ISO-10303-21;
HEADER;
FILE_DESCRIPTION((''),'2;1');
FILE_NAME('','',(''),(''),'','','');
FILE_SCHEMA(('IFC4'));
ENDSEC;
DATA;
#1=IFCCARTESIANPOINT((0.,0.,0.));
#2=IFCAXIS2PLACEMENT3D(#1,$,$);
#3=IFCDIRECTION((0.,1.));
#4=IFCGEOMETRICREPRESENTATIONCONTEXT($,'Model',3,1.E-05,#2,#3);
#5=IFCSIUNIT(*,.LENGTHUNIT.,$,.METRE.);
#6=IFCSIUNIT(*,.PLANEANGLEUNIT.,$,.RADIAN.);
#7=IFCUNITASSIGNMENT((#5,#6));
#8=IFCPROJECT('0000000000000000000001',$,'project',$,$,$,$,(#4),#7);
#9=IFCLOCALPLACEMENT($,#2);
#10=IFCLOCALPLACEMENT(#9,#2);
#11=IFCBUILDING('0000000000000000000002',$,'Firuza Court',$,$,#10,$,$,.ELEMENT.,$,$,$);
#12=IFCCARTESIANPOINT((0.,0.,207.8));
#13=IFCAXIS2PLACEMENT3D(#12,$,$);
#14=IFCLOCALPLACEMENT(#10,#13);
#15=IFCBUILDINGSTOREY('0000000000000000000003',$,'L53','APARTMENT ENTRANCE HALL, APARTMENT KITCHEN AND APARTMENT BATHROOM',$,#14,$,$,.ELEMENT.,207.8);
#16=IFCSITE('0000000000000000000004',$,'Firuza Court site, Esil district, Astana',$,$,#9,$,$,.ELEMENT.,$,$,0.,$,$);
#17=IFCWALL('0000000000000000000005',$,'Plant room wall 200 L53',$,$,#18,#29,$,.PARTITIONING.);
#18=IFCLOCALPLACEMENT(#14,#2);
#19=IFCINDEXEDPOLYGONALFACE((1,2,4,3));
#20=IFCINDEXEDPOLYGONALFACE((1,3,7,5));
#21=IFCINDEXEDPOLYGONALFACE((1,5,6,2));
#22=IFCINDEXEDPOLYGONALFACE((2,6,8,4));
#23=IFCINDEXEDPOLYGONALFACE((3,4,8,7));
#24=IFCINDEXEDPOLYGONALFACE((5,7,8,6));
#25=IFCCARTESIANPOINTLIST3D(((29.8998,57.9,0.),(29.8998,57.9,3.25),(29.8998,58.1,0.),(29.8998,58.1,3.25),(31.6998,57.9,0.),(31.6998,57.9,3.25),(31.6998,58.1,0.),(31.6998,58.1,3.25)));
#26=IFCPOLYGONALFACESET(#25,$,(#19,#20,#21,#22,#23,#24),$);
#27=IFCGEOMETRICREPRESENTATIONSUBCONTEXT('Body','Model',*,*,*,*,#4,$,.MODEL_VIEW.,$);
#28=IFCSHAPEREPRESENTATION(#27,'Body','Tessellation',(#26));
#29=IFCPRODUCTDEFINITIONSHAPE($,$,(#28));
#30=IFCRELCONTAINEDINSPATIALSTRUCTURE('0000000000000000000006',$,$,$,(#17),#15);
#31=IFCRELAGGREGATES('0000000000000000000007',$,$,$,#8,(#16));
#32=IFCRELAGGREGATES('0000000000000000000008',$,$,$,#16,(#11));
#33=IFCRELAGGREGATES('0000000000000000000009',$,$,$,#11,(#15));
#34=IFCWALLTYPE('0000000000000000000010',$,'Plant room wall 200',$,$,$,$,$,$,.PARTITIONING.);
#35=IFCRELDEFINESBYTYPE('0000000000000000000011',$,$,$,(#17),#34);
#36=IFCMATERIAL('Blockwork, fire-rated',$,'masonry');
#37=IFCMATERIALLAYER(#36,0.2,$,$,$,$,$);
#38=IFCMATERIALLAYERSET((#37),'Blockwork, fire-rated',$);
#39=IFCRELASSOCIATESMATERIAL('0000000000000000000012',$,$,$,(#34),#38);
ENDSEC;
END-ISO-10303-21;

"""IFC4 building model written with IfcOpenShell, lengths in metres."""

from ifc_helpers import new_model, si_unit, direction, frame, frame_2d, origin, place, context, subcontext, project, spatial, rectangle, extrude, material, layer, layer_set, type_object, element, save


model = new_model("IFC4")

# Units and contexts
model_context = context("Model", 3, precision=1e-05, world=origin(), true_north=direction((0.0, 1.0)))
body_context = subcontext(model_context, "Body", "Model", "MODEL_VIEW")
ifc_project = project(units=[si_unit("LENGTHUNIT", "METRE"), si_unit("PLANEANGLEUNIT", "RADIAN")], contexts=[model_context])

# Site, building, storey
site_placement = place(None, origin())
site = spatial("IfcSite", under=ifc_project, at=site_placement, Name="Firuza Court site, Esil district, Astana", CompositionType="ELEMENT", RefElevation=0.0)
building_placement = place(site_placement, origin())
building = spatial("IfcBuilding", under=site, at=building_placement, Name="Firuza Court", CompositionType="ELEMENT")
storey_placement = place(building_placement, frame((0.0, 0.0, 207.8)))
storey = spatial("IfcBuildingStorey", under=building, at=storey_placement, Name="L53", Description="APARTMENT ENTRANCE HALL, APARTMENT KITCHEN AND APARTMENT BATHROOM", CompositionType="ELEMENT", Elevation=207.8)

# Shared definitions
ifc_material_1 = material(Name="Blockwork, fire-rated", Category="masonry")
ifc_layer_1 = layer(ifc_material_1, 0.2)
ifc_layer_set_1 = layer_set([ifc_layer_1], Name="Blockwork, fire-rated")
wall_type_1 = type_object("IfcWallType", Name="Plant room wall 200", PredefinedType="PARTITIONING", material=ifc_layer_set_1)

# Wall
for number, where, z_axis, x_axis, name in (
    (1, (29.8999, 58.0, 0.0), (0.0, 0.0, 1.0), (1.0, 0.0, 0.0), "Plant room wall 200 L53"),
):
    element("IfcWall", number, at=place(storey_placement, frame(where, z_axis=z_axis, x_axis=x_axis)), inside=storey, type_object=wall_type_1, Name=name, PredefinedType="PARTITIONING", context=body_context, shape_type="SweptSolid", body=[
        extrude(rectangle(XDim=1.8, YDim=0.2, at=frame_2d((0.8999, 0.0))), origin(), (0.0, 0.0, 1.0), 3.25),
    ])

save(model, "model.ifc")
